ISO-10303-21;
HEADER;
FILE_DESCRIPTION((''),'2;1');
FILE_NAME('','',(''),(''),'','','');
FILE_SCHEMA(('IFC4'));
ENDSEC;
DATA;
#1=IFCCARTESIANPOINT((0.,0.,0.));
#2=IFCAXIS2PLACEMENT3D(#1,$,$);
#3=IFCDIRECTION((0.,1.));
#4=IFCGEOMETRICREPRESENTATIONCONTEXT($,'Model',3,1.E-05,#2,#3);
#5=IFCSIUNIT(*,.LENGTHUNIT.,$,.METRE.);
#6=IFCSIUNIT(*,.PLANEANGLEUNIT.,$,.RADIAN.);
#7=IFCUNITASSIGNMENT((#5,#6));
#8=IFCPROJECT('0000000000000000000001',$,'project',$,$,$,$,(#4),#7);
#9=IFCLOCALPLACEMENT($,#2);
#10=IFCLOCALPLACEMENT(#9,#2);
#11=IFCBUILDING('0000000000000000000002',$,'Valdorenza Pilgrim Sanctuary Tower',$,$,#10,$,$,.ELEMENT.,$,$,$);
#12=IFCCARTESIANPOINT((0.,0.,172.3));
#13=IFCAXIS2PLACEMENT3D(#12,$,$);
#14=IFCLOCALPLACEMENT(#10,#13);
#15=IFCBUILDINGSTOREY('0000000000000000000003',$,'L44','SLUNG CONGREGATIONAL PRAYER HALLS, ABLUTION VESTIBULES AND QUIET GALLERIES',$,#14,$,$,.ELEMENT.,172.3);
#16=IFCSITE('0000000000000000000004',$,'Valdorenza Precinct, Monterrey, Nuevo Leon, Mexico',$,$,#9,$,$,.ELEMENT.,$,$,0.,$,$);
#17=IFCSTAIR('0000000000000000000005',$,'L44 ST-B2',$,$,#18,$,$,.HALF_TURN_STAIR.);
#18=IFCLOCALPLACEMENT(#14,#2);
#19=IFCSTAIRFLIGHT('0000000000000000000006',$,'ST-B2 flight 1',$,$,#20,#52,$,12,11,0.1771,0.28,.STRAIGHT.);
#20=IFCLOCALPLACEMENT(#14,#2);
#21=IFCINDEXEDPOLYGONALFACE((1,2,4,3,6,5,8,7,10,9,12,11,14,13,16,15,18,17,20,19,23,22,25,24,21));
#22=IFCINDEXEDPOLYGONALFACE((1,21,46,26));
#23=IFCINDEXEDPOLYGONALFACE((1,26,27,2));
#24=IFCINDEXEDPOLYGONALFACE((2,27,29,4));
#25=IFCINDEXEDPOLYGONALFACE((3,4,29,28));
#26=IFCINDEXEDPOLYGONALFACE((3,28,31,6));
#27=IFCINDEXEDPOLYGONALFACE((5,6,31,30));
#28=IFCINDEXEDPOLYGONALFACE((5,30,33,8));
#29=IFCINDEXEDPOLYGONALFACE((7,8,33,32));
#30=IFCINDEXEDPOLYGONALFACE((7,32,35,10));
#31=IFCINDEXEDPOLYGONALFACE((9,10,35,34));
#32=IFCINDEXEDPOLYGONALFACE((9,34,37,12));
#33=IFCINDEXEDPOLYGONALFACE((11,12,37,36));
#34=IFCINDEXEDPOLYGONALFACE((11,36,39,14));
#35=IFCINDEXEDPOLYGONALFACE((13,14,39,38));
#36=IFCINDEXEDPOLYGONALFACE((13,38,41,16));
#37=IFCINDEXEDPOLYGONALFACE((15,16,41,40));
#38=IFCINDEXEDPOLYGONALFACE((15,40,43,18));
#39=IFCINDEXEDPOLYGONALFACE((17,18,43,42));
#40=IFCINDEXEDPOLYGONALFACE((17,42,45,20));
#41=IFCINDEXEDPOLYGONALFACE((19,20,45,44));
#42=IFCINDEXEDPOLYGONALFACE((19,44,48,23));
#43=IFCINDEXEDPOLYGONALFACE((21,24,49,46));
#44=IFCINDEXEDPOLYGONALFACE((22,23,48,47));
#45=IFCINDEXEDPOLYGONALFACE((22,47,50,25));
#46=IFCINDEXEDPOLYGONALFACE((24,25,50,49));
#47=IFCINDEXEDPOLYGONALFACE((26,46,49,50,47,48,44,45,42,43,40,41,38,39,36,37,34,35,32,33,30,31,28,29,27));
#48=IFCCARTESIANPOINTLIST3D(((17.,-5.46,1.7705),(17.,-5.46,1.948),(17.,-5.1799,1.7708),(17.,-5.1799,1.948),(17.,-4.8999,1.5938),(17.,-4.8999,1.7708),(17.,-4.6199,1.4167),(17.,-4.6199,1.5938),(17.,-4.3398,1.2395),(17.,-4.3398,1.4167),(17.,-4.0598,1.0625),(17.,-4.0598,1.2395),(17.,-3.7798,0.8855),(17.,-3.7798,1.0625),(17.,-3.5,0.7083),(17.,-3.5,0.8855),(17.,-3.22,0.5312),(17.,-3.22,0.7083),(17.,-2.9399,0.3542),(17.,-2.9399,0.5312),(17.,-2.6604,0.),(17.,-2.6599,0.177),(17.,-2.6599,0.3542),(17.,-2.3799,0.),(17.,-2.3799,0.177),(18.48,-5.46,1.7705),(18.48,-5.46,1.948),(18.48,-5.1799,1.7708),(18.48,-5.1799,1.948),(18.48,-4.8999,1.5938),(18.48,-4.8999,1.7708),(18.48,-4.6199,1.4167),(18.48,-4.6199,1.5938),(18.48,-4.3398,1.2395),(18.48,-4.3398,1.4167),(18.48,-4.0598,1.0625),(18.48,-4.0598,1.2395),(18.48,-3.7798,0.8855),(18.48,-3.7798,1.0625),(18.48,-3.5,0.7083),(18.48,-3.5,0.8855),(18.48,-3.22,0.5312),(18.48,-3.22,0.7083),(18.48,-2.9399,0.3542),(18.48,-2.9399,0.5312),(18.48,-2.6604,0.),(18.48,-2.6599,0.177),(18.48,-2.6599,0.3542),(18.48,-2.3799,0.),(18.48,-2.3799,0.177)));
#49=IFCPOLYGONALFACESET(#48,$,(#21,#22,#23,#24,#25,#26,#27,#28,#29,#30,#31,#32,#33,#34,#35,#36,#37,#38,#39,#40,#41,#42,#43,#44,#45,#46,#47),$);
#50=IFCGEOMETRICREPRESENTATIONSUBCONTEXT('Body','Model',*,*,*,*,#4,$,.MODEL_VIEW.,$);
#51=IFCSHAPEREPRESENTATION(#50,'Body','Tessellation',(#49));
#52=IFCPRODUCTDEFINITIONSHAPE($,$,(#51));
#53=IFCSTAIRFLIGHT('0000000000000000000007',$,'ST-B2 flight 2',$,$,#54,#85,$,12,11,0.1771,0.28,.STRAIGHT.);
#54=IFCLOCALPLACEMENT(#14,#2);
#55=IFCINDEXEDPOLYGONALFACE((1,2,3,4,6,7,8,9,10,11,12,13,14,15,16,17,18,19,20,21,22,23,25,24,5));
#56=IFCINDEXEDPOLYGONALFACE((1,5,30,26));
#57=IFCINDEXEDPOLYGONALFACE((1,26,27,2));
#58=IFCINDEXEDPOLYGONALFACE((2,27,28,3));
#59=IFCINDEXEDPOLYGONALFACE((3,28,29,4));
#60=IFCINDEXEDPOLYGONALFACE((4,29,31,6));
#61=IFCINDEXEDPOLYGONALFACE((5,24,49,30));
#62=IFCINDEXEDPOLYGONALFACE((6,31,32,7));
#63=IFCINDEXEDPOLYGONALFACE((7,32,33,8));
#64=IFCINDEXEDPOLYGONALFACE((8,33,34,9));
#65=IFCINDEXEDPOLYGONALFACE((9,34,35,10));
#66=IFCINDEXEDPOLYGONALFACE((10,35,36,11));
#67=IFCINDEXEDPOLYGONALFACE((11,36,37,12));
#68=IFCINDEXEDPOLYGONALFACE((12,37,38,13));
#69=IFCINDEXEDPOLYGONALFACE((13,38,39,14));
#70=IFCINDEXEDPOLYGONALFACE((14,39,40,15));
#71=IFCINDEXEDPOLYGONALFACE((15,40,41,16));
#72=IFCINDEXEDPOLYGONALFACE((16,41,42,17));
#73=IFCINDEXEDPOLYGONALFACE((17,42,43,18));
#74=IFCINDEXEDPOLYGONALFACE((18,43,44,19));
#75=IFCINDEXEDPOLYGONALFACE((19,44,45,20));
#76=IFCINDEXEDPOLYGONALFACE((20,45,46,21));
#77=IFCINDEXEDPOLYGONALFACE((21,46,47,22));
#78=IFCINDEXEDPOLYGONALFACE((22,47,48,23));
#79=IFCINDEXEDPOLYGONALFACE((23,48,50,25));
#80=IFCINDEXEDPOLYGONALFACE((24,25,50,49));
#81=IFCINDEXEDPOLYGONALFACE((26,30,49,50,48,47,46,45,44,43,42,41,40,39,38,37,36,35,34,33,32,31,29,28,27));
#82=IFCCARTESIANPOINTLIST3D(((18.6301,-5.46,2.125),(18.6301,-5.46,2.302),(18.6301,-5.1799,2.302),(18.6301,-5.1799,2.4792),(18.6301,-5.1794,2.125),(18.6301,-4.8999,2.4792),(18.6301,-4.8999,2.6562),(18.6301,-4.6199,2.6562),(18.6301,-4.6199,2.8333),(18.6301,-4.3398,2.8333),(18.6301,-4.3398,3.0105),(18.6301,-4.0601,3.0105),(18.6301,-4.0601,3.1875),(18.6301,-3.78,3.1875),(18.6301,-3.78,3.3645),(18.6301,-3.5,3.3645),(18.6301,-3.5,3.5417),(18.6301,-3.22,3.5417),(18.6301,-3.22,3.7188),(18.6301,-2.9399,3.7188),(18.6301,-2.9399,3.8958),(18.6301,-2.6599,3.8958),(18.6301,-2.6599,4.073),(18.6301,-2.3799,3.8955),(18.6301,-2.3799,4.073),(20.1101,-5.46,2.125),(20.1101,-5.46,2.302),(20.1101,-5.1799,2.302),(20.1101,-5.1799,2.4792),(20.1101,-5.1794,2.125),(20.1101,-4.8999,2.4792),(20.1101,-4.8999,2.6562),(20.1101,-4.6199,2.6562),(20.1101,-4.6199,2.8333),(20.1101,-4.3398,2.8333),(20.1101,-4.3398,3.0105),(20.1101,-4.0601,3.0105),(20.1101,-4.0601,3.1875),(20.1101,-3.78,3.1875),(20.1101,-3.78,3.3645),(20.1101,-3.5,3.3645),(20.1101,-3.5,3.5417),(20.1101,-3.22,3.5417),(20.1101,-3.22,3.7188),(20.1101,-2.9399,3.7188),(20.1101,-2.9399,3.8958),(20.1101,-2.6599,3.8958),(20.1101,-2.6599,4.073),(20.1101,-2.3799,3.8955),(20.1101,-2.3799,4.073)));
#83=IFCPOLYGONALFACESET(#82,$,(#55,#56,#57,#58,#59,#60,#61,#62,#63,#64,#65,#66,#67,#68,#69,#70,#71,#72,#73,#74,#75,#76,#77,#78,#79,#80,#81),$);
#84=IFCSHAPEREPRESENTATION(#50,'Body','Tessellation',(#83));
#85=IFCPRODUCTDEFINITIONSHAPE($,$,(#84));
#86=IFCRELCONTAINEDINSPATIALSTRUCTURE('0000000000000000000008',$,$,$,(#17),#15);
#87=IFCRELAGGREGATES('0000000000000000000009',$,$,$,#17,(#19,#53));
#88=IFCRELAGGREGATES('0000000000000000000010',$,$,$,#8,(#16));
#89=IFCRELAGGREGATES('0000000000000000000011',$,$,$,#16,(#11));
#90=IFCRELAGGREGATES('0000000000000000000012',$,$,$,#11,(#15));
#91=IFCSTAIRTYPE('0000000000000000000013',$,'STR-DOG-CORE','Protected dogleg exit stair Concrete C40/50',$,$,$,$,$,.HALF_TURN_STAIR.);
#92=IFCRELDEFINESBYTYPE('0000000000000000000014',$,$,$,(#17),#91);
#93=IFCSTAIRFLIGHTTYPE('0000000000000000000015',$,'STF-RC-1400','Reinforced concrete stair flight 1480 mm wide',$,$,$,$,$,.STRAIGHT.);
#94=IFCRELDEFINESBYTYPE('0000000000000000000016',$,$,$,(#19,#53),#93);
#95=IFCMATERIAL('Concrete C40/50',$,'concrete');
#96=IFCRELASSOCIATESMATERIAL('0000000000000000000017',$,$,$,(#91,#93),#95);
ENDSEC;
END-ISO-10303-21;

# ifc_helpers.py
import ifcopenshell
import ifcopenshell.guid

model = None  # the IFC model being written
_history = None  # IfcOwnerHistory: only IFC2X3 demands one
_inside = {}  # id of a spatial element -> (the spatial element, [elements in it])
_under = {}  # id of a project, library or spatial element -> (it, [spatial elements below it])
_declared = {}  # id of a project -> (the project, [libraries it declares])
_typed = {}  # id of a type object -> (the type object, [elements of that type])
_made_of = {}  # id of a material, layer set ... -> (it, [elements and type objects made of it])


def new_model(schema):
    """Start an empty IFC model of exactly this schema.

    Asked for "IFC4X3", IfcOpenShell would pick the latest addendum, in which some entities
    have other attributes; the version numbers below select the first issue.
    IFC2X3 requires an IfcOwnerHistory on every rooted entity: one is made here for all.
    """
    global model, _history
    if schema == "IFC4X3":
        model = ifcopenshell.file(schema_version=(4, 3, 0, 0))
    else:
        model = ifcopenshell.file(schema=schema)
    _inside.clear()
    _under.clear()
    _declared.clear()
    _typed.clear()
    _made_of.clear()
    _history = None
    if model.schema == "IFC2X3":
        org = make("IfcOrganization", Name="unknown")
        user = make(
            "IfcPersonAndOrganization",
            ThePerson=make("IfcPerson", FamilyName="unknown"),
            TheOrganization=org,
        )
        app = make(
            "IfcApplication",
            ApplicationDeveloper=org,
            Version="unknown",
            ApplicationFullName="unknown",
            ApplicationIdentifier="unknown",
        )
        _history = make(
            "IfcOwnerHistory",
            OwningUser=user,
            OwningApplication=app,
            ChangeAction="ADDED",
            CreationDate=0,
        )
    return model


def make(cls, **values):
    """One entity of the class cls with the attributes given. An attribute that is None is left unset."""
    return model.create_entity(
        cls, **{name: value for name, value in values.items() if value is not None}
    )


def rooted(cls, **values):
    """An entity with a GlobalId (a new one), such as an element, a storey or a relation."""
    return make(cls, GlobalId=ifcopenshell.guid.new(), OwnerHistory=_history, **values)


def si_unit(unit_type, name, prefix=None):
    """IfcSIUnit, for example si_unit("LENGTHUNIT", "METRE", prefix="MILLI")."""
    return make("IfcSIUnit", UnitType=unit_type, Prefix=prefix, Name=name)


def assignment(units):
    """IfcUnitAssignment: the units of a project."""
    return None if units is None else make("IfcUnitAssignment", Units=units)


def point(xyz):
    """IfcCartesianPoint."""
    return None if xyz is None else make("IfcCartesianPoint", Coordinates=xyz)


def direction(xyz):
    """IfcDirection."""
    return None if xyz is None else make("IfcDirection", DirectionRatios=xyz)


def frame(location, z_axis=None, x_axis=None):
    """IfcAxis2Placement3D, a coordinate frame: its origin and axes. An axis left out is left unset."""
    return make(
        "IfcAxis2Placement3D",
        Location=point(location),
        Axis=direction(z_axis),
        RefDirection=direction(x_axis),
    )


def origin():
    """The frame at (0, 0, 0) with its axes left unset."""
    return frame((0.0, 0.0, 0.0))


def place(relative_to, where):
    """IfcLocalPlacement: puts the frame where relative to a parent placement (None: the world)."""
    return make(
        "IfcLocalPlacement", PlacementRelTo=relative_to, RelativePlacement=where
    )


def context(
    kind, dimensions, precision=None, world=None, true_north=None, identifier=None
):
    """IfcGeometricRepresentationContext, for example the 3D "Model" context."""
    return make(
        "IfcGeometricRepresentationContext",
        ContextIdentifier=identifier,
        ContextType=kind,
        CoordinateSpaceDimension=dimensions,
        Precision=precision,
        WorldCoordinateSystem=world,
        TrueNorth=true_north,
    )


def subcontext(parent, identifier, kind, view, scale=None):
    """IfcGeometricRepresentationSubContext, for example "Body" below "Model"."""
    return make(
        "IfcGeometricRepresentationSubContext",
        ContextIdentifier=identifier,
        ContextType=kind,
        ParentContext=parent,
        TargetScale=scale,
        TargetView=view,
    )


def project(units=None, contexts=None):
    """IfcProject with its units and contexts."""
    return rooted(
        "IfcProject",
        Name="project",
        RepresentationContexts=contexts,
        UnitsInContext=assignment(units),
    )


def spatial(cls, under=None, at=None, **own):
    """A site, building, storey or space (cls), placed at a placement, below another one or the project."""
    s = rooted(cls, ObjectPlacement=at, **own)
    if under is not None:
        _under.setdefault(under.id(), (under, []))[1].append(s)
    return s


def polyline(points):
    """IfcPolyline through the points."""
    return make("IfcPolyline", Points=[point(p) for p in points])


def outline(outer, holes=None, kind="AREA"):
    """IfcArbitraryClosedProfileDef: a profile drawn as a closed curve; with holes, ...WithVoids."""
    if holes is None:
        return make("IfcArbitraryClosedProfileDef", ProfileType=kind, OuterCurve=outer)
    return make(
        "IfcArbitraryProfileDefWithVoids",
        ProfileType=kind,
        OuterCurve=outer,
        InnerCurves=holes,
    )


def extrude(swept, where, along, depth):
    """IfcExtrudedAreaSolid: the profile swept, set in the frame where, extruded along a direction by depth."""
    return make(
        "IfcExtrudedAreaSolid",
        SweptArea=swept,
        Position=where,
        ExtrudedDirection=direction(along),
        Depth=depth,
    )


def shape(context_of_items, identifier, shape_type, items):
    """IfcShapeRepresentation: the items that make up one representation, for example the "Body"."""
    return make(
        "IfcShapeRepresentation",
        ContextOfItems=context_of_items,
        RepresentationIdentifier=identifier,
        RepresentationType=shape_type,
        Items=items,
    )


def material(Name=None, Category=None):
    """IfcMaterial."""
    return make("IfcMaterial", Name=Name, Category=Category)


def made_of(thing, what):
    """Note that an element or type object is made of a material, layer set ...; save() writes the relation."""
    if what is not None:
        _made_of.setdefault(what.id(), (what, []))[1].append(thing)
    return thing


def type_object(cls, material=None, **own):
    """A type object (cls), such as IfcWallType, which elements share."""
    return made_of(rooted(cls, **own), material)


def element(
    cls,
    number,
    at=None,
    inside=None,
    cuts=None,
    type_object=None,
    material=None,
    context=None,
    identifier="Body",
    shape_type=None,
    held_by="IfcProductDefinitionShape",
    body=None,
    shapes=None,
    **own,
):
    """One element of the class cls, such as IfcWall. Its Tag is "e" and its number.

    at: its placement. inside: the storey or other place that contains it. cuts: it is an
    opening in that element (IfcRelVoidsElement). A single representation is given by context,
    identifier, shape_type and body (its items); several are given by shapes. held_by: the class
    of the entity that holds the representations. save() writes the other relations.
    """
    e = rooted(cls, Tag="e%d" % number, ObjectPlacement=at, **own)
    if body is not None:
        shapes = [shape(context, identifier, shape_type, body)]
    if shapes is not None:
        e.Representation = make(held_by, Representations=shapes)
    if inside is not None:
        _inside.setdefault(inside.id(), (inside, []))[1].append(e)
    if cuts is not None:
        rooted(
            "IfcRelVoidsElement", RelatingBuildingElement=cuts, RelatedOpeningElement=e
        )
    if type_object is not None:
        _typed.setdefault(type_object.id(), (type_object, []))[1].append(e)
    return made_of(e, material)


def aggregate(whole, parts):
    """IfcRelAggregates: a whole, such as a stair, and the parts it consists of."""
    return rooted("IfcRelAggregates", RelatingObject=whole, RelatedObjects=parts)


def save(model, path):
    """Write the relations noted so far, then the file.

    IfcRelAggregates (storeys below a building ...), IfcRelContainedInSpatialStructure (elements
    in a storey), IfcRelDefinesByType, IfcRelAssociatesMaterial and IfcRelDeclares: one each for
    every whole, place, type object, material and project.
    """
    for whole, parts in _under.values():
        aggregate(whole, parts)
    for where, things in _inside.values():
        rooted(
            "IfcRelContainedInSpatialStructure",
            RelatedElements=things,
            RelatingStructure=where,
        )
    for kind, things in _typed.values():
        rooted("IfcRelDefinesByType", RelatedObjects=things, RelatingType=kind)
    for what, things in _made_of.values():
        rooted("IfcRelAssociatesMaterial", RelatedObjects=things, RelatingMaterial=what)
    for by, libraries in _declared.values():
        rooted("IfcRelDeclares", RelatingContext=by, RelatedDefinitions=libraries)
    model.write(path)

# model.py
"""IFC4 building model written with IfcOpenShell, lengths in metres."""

from ifc_helpers import new_model, si_unit, direction, frame, origin, place, context, subcontext, project, spatial, polyline, outline, extrude, material, type_object, element, aggregate, save


model = new_model("IFC4")

# Units and contexts
model_context = context("Model", 3, precision=1e-05, world=origin(), true_north=direction((0.0, 1.0)))
body_context = subcontext(model_context, "Body", "Model", "MODEL_VIEW")
ifc_project = project(units=[si_unit("LENGTHUNIT", "METRE"), si_unit("PLANEANGLEUNIT", "RADIAN")], contexts=[model_context])

# Site, building, storey
site_placement = place(None, origin())
site = spatial("IfcSite", under=ifc_project, at=site_placement, Name="Valdorenza Precinct, Monterrey, Nuevo Leon, Mexico", CompositionType="ELEMENT", RefElevation=0.0)
building_placement = place(site_placement, origin())
building = spatial("IfcBuilding", under=site, at=building_placement, Name="Valdorenza Pilgrim Sanctuary Tower", CompositionType="ELEMENT")
storey_placement = place(building_placement, frame((0.0, 0.0, 172.3)))
storey = spatial("IfcBuildingStorey", under=building, at=storey_placement, Name="L44", Description="SLUNG CONGREGATIONAL PRAYER HALLS, ABLUTION VESTIBULES AND QUIET GALLERIES", CompositionType="ELEMENT", Elevation=172.3)

# Shared definitions
ifc_material_1 = material(Name="Concrete C40/50", Category="concrete")

# Stair, stair flights
stair_type = type_object("IfcStairType", Name="STR-DOG-CORE", Description="Protected dogleg exit stair Concrete C40/50", PredefinedType="HALF_TURN_STAIR", material=ifc_material_1)
stair_placement = place(storey_placement, origin())
stair = element("IfcStair", 1, at=stair_placement, inside=storey, type_object=stair_type, Name="L44 ST-B2", PredefinedType="HALF_TURN_STAIR")
stair_flight_type = type_object("IfcStairFlightType", Name="STF-RC-1400", Description="Reinforced concrete stair flight 1480 mm wide", PredefinedType="STRAIGHT", material=ifc_material_1)
stair_flight_1_placement = place(storey_placement, frame((17.74, -2.3799, 0.0), z_axis=(0.0, 0.0, 1.0), x_axis=(0.0, -1.0, 0.0)))
stair_flight_1 = element("IfcStairFlight", 2, at=stair_flight_1_placement, type_object=stair_flight_type, Name="ST-B2 flight 1", NumberOfRisers=12, NumberOfTreads=11, PredefinedType="STRAIGHT", RiserHeight=0.1771, TreadLength=0.28, context=body_context, shape_type="SweptSolid", body=[
    extrude(outline(polyline([(0.0, 0.0), (0.0, 0.177), (0.28, 0.177), (0.28, 0.3542), (0.5601, 0.3542), (0.5601, 0.5312), (0.8401, 0.5312), (0.8401, 0.7083), (1.1201, 0.7083), (1.1201, 0.8855), (1.3999, 0.8855), (1.3999, 1.0625), (1.6799, 1.0625), (1.6799, 1.2395), (1.96, 1.2395), (1.96, 1.4167), (2.24, 1.4167), (2.24, 1.5938), (2.52, 1.5938), (2.52, 1.7708), (2.8, 1.7708), (2.8, 1.948), (3.0801, 1.948), (3.0801, 2.125), (3.0801, 1.7705), (0.2805, 0.0), (0.0, 0.0)])), frame((0.0, 0.74, 0.0), z_axis=(0.0, -1.0, 0.0), x_axis=(1.0, 0.0, 0.0)), (0.0, 0.0, 1.0), 1.48),
])
stair_flight_2_placement = place(storey_placement, frame((19.3701, -5.46, 2.125), z_axis=(0.0, 0.0, 1.0), x_axis=(0.0, 1.0, 0.0)))
stair_flight_2 = element("IfcStairFlight", 3, at=stair_flight_2_placement, type_object=stair_flight_type, Name="ST-B2 flight 2", NumberOfRisers=12, NumberOfTreads=11, PredefinedType="STRAIGHT", RiserHeight=0.1771, TreadLength=0.28, context=body_context, shape_type="SweptSolid", body=[
    extrude(outline(polyline([(0.0, 0.0), (0.0, 0.177), (0.28, 0.177), (0.28, 0.3542), (0.5601, 0.3542), (0.5601, 0.5312), (0.8401, 0.5312), (0.8401, 0.7083), (1.1201, 0.7083), (1.1201, 0.8855), (1.3999, 0.8855), (1.3999, 1.0625), (1.6799, 1.0625), (1.6799, 1.2395), (1.96, 1.2395), (1.96, 1.4167), (2.24, 1.4167), (2.24, 1.5938), (2.52, 1.5938), (2.52, 1.7708), (2.8, 1.7708), (2.8, 1.948), (3.0801, 1.948), (3.0801, 2.125), (3.0801, 1.7705), (0.2805, 0.0), (0.0, 0.0)])), frame((0.0, 0.74, 0.0), z_axis=(0.0, -1.0, 0.0), x_axis=(1.0, 0.0, 0.0)), (0.0, 0.0, 1.0), 1.48),
])
aggregate(stair, [stair_flight_1, stair_flight_2])

save(model, "model.ifc")
